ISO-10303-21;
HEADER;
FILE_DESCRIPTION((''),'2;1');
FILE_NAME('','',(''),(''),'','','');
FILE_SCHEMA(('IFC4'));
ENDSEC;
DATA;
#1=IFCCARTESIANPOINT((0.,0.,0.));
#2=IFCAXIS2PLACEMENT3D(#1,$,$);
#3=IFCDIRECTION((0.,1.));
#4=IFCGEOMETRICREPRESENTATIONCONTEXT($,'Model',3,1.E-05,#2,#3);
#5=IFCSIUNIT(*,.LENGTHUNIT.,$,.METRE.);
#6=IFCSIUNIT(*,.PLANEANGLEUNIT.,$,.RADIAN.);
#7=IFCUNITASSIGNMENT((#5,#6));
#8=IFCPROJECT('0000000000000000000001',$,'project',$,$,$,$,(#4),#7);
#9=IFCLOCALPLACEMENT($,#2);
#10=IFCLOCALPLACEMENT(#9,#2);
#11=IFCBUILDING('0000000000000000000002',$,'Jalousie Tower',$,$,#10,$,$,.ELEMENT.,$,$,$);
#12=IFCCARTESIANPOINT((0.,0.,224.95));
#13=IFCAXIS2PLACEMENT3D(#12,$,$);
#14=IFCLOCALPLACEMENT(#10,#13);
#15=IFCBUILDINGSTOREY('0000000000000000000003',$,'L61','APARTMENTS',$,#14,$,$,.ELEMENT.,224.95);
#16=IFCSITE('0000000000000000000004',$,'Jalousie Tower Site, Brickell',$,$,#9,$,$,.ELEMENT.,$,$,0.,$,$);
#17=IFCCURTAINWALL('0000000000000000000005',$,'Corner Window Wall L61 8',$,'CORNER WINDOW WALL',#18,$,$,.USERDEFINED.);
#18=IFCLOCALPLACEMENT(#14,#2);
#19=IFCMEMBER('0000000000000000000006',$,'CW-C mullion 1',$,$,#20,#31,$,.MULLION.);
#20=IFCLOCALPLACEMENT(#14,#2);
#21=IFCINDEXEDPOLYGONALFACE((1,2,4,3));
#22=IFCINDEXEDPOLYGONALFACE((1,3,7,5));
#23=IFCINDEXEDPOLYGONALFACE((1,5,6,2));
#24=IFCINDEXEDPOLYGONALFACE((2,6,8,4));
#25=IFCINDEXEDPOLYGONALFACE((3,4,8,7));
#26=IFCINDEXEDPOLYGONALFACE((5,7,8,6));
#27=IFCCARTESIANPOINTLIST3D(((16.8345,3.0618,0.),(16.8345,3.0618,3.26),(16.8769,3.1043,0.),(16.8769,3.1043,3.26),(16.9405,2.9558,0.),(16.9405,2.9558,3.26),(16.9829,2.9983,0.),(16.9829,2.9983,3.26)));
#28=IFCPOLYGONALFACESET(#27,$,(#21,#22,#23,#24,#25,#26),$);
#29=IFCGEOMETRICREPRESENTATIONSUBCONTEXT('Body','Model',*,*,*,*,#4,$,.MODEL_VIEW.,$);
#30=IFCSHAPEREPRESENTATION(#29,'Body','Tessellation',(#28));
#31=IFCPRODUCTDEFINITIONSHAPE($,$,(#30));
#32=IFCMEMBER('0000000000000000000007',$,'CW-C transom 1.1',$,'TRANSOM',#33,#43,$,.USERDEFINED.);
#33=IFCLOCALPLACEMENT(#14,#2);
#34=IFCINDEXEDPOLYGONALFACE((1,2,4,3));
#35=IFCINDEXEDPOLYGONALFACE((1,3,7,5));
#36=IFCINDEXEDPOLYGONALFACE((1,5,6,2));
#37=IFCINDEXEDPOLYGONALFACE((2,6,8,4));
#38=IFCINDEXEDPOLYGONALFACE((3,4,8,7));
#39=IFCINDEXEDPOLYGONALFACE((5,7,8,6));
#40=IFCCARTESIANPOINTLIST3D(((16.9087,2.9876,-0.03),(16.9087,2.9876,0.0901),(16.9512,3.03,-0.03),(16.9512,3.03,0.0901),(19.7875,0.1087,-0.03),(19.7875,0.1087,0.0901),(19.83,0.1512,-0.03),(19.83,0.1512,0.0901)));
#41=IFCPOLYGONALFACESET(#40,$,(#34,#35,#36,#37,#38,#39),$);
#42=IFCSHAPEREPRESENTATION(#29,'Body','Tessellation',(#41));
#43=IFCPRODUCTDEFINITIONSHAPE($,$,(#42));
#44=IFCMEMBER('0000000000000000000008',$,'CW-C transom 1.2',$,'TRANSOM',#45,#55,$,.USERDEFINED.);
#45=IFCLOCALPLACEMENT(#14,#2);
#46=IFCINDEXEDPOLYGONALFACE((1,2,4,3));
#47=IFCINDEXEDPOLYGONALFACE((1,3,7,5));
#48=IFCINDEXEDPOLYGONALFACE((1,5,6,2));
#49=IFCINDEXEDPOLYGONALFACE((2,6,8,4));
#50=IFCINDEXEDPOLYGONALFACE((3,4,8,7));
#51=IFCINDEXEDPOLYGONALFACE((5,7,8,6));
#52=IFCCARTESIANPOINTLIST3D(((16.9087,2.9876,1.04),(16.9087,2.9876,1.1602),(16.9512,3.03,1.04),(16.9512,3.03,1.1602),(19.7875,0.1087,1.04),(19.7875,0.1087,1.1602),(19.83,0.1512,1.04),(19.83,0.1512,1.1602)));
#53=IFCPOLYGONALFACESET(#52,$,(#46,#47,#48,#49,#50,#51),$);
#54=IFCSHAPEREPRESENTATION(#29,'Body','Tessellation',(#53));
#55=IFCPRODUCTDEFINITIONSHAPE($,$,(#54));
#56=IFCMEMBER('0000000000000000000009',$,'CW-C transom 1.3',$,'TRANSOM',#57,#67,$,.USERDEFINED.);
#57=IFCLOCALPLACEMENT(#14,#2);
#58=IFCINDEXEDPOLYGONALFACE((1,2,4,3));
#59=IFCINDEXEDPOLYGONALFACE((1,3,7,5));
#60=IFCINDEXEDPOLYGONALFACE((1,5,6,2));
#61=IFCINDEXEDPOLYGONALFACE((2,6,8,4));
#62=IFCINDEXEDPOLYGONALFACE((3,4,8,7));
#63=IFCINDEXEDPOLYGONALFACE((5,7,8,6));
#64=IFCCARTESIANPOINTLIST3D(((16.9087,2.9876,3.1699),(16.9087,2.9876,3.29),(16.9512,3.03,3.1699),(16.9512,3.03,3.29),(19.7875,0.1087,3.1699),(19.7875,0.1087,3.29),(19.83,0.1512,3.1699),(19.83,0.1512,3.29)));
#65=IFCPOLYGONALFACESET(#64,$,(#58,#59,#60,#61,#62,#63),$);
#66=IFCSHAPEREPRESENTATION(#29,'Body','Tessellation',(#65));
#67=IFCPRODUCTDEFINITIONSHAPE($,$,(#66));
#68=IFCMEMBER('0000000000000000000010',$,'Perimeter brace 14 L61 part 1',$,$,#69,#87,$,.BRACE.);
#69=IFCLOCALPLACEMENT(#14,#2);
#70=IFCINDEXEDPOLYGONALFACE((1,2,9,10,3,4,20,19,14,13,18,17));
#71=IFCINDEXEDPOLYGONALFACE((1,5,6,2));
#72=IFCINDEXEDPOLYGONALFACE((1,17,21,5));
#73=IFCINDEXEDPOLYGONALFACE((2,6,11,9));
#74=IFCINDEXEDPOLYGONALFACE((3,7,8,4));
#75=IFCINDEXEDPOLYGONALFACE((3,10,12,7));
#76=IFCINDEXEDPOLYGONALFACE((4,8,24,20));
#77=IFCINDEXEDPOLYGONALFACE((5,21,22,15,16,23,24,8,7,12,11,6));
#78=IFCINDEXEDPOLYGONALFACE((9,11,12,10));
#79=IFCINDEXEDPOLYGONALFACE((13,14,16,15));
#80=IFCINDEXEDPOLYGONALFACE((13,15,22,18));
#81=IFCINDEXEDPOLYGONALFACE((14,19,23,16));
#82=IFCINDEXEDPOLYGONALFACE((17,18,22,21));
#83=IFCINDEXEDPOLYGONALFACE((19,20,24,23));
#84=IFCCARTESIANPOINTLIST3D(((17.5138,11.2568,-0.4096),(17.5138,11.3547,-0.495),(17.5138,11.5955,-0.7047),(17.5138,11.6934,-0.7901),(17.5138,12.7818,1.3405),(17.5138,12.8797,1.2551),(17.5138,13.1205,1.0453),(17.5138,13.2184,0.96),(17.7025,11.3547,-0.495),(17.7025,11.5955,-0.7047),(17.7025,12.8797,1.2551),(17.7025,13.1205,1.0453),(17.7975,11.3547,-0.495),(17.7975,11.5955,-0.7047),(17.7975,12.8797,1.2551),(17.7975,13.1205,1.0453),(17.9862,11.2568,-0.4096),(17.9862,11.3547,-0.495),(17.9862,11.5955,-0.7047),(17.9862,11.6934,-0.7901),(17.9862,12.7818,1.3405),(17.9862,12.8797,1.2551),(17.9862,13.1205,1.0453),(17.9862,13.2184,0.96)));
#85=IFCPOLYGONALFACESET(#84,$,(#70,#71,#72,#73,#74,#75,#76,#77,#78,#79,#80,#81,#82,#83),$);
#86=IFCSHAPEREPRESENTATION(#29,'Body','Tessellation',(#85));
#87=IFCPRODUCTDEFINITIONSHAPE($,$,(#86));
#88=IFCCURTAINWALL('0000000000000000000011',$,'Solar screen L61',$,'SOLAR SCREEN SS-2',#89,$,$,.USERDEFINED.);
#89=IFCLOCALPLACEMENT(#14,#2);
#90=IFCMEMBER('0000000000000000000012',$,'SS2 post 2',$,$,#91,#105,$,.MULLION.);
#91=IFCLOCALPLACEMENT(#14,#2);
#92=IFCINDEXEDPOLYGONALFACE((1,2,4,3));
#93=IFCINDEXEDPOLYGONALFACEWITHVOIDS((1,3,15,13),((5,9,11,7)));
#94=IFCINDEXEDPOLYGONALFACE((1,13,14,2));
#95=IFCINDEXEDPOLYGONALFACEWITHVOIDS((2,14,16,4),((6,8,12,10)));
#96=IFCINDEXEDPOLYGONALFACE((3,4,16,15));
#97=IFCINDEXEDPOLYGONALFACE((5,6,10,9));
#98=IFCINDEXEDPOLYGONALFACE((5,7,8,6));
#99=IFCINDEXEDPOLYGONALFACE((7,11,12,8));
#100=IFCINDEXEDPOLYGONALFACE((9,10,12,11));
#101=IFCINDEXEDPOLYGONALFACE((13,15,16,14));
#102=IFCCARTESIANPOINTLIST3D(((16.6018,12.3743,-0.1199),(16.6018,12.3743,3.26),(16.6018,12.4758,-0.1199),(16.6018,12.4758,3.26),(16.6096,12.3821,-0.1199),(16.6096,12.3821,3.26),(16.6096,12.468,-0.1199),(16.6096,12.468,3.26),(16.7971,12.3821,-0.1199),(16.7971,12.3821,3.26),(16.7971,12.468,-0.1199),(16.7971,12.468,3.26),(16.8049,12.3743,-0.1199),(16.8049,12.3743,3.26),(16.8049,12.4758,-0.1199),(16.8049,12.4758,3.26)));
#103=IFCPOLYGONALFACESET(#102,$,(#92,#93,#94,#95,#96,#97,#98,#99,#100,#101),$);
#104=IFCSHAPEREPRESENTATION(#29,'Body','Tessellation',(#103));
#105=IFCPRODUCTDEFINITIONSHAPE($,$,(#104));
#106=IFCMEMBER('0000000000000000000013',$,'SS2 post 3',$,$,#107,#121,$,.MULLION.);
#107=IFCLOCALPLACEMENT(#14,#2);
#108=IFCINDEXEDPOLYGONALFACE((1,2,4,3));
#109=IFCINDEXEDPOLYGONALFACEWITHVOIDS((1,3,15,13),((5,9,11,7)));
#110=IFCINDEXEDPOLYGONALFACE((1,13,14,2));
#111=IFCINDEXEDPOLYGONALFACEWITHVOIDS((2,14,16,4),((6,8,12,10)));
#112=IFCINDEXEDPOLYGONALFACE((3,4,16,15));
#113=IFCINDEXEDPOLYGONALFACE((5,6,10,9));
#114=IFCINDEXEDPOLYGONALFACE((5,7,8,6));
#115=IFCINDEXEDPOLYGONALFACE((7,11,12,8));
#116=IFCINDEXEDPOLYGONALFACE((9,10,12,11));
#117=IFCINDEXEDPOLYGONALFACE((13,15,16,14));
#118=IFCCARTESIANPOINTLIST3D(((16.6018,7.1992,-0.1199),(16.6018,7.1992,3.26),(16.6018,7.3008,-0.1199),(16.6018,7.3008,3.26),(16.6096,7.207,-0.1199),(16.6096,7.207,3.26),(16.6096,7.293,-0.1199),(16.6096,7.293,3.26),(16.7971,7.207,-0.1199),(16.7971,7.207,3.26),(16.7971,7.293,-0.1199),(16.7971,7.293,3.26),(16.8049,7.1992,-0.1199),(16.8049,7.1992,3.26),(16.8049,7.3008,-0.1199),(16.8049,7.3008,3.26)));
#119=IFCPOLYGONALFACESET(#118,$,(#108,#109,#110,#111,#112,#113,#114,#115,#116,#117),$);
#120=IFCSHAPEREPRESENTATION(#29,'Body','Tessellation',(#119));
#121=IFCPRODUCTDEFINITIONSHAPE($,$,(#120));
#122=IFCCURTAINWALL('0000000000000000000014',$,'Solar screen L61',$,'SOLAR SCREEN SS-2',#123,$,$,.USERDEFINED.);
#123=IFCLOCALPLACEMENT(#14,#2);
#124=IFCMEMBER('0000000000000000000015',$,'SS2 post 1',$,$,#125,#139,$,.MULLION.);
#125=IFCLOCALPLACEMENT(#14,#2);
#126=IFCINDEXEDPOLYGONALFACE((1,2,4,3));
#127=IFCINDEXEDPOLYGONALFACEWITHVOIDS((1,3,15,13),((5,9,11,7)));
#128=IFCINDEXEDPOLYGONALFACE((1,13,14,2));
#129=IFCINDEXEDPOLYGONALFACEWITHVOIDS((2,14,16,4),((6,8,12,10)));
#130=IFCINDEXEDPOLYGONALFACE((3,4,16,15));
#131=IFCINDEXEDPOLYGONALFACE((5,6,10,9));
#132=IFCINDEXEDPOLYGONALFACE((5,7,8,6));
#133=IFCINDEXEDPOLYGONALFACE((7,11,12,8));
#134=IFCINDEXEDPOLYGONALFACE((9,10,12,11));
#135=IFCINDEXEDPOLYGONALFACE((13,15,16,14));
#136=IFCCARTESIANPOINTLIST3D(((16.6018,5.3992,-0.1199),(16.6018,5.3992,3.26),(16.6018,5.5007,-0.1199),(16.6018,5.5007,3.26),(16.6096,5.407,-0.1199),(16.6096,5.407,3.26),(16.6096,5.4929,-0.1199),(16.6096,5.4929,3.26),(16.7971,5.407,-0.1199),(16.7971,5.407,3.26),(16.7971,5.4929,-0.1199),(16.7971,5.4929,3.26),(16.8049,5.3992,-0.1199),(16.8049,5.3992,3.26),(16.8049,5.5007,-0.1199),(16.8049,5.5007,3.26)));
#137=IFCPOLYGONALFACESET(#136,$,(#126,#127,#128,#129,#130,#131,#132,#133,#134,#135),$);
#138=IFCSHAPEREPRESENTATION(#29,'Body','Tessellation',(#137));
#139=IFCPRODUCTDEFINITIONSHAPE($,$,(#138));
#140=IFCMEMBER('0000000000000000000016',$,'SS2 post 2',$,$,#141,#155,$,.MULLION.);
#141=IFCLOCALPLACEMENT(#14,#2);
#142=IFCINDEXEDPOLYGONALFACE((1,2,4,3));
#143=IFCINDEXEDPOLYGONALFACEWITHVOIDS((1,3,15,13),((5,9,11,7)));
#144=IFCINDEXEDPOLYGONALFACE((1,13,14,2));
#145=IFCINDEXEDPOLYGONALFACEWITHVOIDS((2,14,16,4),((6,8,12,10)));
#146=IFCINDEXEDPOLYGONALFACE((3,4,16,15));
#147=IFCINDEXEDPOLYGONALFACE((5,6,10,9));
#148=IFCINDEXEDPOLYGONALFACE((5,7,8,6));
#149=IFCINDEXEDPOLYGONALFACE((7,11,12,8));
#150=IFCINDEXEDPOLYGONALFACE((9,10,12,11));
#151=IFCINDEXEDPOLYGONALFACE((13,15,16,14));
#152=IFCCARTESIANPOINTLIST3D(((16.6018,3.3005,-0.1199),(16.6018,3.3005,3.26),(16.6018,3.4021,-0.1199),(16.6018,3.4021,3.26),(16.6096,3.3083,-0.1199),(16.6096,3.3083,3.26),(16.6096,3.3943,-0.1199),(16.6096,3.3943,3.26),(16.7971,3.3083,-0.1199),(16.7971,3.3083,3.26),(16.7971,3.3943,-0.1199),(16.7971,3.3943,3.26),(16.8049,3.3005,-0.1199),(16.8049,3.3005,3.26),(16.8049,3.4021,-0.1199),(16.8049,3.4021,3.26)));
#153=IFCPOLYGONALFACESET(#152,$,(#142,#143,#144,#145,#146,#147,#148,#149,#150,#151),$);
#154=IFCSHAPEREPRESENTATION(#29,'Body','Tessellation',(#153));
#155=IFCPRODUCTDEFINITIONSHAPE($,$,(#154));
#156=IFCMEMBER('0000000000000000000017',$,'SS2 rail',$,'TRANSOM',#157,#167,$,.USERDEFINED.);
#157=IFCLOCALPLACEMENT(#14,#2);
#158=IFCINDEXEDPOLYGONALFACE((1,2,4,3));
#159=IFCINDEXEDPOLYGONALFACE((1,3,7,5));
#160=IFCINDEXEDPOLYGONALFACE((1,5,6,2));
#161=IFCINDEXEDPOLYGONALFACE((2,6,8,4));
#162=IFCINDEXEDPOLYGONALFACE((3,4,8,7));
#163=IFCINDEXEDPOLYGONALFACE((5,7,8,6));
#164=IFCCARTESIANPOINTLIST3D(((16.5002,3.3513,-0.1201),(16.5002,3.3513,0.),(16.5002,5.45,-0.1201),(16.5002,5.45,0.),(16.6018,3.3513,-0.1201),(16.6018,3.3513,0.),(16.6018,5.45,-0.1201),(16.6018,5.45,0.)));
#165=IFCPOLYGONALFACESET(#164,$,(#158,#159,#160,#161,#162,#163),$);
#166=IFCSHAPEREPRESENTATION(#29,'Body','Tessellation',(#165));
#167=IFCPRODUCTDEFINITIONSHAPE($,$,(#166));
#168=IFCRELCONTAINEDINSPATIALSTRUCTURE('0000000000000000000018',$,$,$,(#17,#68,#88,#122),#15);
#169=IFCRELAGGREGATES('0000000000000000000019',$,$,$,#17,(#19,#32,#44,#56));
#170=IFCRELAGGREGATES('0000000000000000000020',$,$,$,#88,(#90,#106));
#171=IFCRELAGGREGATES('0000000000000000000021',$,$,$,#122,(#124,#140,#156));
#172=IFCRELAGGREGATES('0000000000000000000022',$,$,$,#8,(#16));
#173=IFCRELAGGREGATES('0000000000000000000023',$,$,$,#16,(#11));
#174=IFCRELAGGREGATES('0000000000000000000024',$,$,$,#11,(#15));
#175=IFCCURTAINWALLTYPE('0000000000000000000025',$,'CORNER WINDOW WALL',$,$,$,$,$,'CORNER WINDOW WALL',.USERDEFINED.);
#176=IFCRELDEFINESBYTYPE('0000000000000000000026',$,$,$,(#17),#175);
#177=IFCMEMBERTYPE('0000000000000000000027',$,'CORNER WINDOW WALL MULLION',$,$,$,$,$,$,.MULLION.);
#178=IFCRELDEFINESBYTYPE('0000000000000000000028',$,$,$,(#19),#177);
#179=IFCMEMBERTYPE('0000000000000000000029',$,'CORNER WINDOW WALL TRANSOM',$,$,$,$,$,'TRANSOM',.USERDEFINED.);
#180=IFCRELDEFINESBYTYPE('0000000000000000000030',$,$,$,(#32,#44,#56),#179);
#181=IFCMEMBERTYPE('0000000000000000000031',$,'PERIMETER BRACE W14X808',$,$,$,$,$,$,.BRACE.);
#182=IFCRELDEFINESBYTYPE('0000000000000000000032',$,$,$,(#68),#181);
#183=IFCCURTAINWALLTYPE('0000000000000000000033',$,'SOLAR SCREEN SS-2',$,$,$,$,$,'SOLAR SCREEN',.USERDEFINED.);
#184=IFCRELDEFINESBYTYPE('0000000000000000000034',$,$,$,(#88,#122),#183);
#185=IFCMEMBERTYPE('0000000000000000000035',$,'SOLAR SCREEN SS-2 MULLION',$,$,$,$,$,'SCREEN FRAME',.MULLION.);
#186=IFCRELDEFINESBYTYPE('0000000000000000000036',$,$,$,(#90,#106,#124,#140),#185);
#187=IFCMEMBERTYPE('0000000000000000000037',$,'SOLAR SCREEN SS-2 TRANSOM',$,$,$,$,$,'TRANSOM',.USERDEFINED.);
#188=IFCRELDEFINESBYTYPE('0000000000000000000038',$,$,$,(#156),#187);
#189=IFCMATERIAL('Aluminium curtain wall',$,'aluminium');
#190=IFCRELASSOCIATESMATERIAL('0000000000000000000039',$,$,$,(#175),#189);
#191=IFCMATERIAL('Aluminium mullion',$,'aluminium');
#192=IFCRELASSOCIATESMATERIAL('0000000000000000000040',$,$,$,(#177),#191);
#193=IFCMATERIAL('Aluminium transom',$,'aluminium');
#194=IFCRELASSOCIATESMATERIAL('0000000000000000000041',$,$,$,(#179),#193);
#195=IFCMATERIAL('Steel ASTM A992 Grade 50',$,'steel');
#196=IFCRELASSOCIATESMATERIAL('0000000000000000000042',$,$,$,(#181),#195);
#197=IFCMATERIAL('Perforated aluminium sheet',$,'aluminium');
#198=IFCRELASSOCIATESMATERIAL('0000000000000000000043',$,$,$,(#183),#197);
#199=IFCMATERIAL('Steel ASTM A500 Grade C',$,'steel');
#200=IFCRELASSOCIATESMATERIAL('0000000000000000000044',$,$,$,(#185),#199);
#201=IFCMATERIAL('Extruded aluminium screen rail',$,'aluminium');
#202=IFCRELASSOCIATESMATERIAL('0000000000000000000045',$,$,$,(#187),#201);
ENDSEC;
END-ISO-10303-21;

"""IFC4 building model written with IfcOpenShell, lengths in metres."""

from ifc_helpers import new_model, si_unit, direction, frame, origin, origin_2d, place, context, subcontext, project, spatial, rectangle, hollow_rectangle, i_section, extrude, material, material_profile, profile_set, type_object, element, aggregate, save


model = new_model("IFC4")

# Units and contexts
model_context = context("Model", 3, precision=1e-05, world=origin(), true_north=direction((0.0, 1.0)))
body_context = subcontext(model_context, "Body", "Model", "MODEL_VIEW")
ifc_project = project(units=[si_unit("LENGTHUNIT", "METRE"), si_unit("PLANEANGLEUNIT", "RADIAN")], contexts=[model_context])

# Site, building, storey
site_placement = place(None, origin())
site = spatial("IfcSite", under=ifc_project, at=site_placement, Name="Jalousie Tower Site, Brickell", CompositionType="ELEMENT", RefElevation=0.0)
building_placement = place(site_placement, origin())
building = spatial("IfcBuilding", under=site, at=building_placement, Name="Jalousie Tower", CompositionType="ELEMENT")
storey_placement = place(building_placement, frame((0.0, 0.0, 224.95)))
storey = spatial("IfcBuildingStorey", under=building, at=storey_placement, Name="L61", Description="APARTMENTS", CompositionType="ELEMENT", Elevation=224.95)

# Curtain wall, members
ifc_material_1 = material(Name="Aluminium curtain wall", Category="aluminium")
curtain_wall_type_1 = type_object("IfcCurtainWallType", Name="CORNER WINDOW WALL", ElementType="CORNER WINDOW WALL", PredefinedType="USERDEFINED", material=ifc_material_1)
curtain_wall_1_placement = place(storey_placement, origin())
curtain_wall_1 = element("IfcCurtainWall", 1, at=curtain_wall_1_placement, inside=storey, type_object=curtain_wall_type_1, Name="Corner Window Wall L61 8", ObjectType="CORNER WINDOW WALL", PredefinedType="USERDEFINED")
ifc_material_2 = material(Name="Aluminium mullion", Category="aluminium")
ifc_material_profile_1 = material_profile(ifc_material_2, rectangle(XDim=0.0601, YDim=0.1499, at=origin_2d()), Name="MULLION 60x150")
ifc_profile_set_1 = profile_set([ifc_material_profile_1], Name="Aluminium mullion")
member_type_1 = type_object("IfcMemberType", Name="CORNER WINDOW WALL MULLION", PredefinedType="MULLION", material=ifc_profile_set_1)
member_1_placement = place(storey_placement, frame((16.9087, 3.03, 0.0), z_axis=(0.0, 0.0, 1.0), x_axis=(0.707107, 0.707107, 0.0)))
member_1 = element("IfcMember", 2, at=member_1_placement, type_object=member_type_1, Name="CW-C mullion 1", PredefinedType="MULLION", context=body_context, shape_type="SweptSolid", body=[
    extrude(rectangle(XDim=0.0601, YDim=0.1499, at=origin_2d()), origin(), (0.0, 0.0, 1.0), 3.26),
])
ifc_material_3 = material(Name="Aluminium transom", Category="aluminium")
ifc_material_profile_2 = material_profile(ifc_material_3, rectangle(XDim=0.0601, YDim=0.1201, at=origin_2d()), Name="TRANSOM 60x120")
ifc_profile_set_2 = profile_set([ifc_material_profile_2], Name="Aluminium transom")
member_type_2 = type_object("IfcMemberType", Name="CORNER WINDOW WALL TRANSOM", ElementType="TRANSOM", PredefinedType="USERDEFINED", material=ifc_profile_set_2)
member_2_placement = place(storey_placement, frame((16.9299, 3.0088, 0.03), z_axis=(0.707107, -0.707107, 0.0), x_axis=(0.707107, 0.707107, 0.0)))
member_2 = element("IfcMember", 3, at=member_2_placement, type_object=member_type_2, Name="CW-C transom 1.1", ObjectType="TRANSOM", PredefinedType="USERDEFINED", context=body_context, shape_type="SweptSolid", body=[
    extrude(rectangle(XDim=0.0601, YDim=0.1201, at=origin_2d()), origin(), (0.0, 0.0, 1.0), 4.0713),
])
member_3_placement = place(storey_placement, frame((16.9299, 3.0088, 1.1001), z_axis=(0.707107, -0.707107, 0.0), x_axis=(0.707107, 0.707107, 0.0)))
member_3 = element("IfcMember", 4, at=member_3_placement, type_object=member_type_2, Name="CW-C transom 1.2", ObjectType="TRANSOM", PredefinedType="USERDEFINED", context=body_context, shape_type="SweptSolid", body=[
    extrude(rectangle(XDim=0.0601, YDim=0.1201, at=origin_2d()), origin(), (0.0, 0.0, 1.0), 4.0713),
])
member_4_placement = place(storey_placement, frame((16.9299, 3.0088, 3.23), z_axis=(0.707107, -0.707107, 0.0), x_axis=(0.707107, 0.707107, 0.0)))
member_4 = element("IfcMember", 5, at=member_4_placement, type_object=member_type_2, Name="CW-C transom 1.3", ObjectType="TRANSOM", PredefinedType="USERDEFINED", context=body_context, shape_type="SweptSolid", body=[
    extrude(rectangle(XDim=0.0601, YDim=0.1201, at=origin_2d()), origin(), (0.0, 0.0, 1.0), 4.0713),
])
aggregate(curtain_wall_1, [member_1, member_2, member_3, member_4])

# Member
ifc_material_4 = material(Name="Steel ASTM A992 Grade 50", Category="steel")
ifc_material_profile_3 = material_profile(ifc_material_4, i_section(OverallWidth=0.4724, OverallDepth=0.5791, WebThickness=0.095, FlangeThickness=0.1299, at=origin_2d()), Name="W14X808")
ifc_profile_set_3 = profile_set([ifc_material_profile_3], Name="Steel ASTM A992 Grade 50")
member_type_3 = type_object("IfcMemberType", Name="PERIMETER BRACE W14X808", PredefinedType="BRACE", material=ifc_profile_set_3)
member_5_placement = place(storey_placement, frame((17.75, 11.4751, -0.5999), z_axis=(0.0, 0.656954, 0.75393), x_axis=(-1.0, 0.0, 0.0)))
element("IfcMember", 6, at=member_5_placement, inside=storey, type_object=member_type_3, Name="Perimeter brace 14 L61 part 1", PredefinedType="BRACE", context=body_context, shape_type="SweptSolid", body=[
    extrude(i_section(OverallWidth=0.4724, OverallDepth=0.5791, WebThickness=0.095, FlangeThickness=0.1299, at=origin_2d()), origin(), (0.0, 0.0, 1.0), 2.3213),
])

# Curtain walls, members
ifc_material_5 = material(Name="Perforated aluminium sheet", Category="aluminium")
curtain_wall_type_2 = type_object("IfcCurtainWallType", Name="SOLAR SCREEN SS-2", ElementType="SOLAR SCREEN", PredefinedType="USERDEFINED", material=ifc_material_5)
curtain_wall_2_placement = place(storey_placement, origin())
curtain_wall_2 = element("IfcCurtainWall", 7, at=curtain_wall_2_placement, inside=storey, type_object=curtain_wall_type_2, Name="Solar screen L61", ObjectType="SOLAR SCREEN SS-2", PredefinedType="USERDEFINED")
ifc_material_6 = material(Name="Steel ASTM A500 Grade C", Category="steel")
ifc_material_profile_4 = material_profile(ifc_material_6, hollow_rectangle(XDim=0.1016, YDim=0.2031, WallThickness=0.0078, at=origin_2d()), Name="HSS8X4X5/16")
ifc_profile_set_4 = profile_set([ifc_material_profile_4], Name="Steel ASTM A500 Grade C")
member_type_4 = type_object("IfcMemberType", Name="SOLAR SCREEN SS-2 MULLION", ElementType="SCREEN FRAME", PredefinedType="MULLION", material=ifc_profile_set_4)
member_6_placement = place(storey_placement, frame((16.7034, 12.425, -0.1199), z_axis=(0.0, 0.0, 1.0), x_axis=(0.0, -1.0, 0.0)))
member_6 = element("IfcMember", 8, at=member_6_placement, type_object=member_type_4, Name="SS2 post 2", PredefinedType="MULLION", context=body_context, shape_type="SweptSolid", body=[
    extrude(hollow_rectangle(XDim=0.1016, YDim=0.2031, WallThickness=0.0078, at=origin_2d()), origin(), (0.0, 0.0, 1.0), 3.3799),
])
member_7_placement = place(storey_placement, frame((16.7034, 7.25, -0.1199), z_axis=(0.0, 0.0, 1.0), x_axis=(0.0, -1.0, 0.0)))
member_7 = element("IfcMember", 9, at=member_7_placement, type_object=member_type_4, Name="SS2 post 3", PredefinedType="MULLION", context=body_context, shape_type="SweptSolid", body=[
    extrude(hollow_rectangle(XDim=0.1016, YDim=0.2031, WallThickness=0.0078, at=origin_2d()), origin(), (0.0, 0.0, 1.0), 3.3799),
])
curtain_wall_3_placement = place(storey_placement, origin())
curtain_wall_3 = element("IfcCurtainWall", 10, at=curtain_wall_3_placement, inside=storey, type_object=curtain_wall_type_2, Name="Solar screen L61", ObjectType="SOLAR SCREEN SS-2", PredefinedType="USERDEFINED")
member_8_placement = place(storey_placement, frame((16.7034, 5.45, -0.1199), z_axis=(0.0, 0.0, 1.0), x_axis=(0.0, -1.0, 0.0)))
member_8 = element("IfcMember", 11, at=member_8_placement, type_object=member_type_4, Name="SS2 post 1", PredefinedType="MULLION", context=body_context, shape_type="SweptSolid", body=[
    extrude(hollow_rectangle(XDim=0.1016, YDim=0.2031, WallThickness=0.0078, at=origin_2d()), origin(), (0.0, 0.0, 1.0), 3.3799),
])
member_9_placement = place(storey_placement, frame((16.7034, 3.3513, -0.1199), z_axis=(0.0, 0.0, 1.0), x_axis=(0.0, -1.0, 0.0)))
member_9 = element("IfcMember", 12, at=member_9_placement, type_object=member_type_4, Name="SS2 post 2", PredefinedType="MULLION", context=body_context, shape_type="SweptSolid", body=[
    extrude(hollow_rectangle(XDim=0.1016, YDim=0.2031, WallThickness=0.0078, at=origin_2d()), origin(), (0.0, 0.0, 1.0), 3.3799),
])
ifc_material_7 = material(Name="Extruded aluminium screen rail", Category="aluminium")
ifc_material_profile_5 = material_profile(ifc_material_7, rectangle(XDim=0.1016, YDim=0.1201, at=origin_2d()), Name="RAIL 102x120")
ifc_profile_set_5 = profile_set([ifc_material_profile_5], Name="Extruded aluminium screen rail")
member_type_5 = type_object("IfcMemberType", Name="SOLAR SCREEN SS-2 TRANSOM", ElementType="TRANSOM", PredefinedType="USERDEFINED", material=ifc_profile_set_5)
member_10_placement = place(storey_placement, frame((16.551, 5.45, -0.0601), z_axis=(0.0, -1.0, 0.0), x_axis=(1.0, 0.0, 0.0)))
member_10 = element("IfcMember", 13, at=member_10_placement, type_object=member_type_5, Name="SS2 rail", ObjectType="TRANSOM", PredefinedType="USERDEFINED", context=body_context, shape_type="SweptSolid", body=[
    extrude(rectangle(XDim=0.1016, YDim=0.1201, at=origin_2d()), origin(), (0.0, 0.0, 1.0), 2.0986),
])

aggregate(curtain_wall_2, [member_6, member_7])
aggregate(curtain_wall_3, [member_8, member_9, member_10])

save(model, "model.ifc")
